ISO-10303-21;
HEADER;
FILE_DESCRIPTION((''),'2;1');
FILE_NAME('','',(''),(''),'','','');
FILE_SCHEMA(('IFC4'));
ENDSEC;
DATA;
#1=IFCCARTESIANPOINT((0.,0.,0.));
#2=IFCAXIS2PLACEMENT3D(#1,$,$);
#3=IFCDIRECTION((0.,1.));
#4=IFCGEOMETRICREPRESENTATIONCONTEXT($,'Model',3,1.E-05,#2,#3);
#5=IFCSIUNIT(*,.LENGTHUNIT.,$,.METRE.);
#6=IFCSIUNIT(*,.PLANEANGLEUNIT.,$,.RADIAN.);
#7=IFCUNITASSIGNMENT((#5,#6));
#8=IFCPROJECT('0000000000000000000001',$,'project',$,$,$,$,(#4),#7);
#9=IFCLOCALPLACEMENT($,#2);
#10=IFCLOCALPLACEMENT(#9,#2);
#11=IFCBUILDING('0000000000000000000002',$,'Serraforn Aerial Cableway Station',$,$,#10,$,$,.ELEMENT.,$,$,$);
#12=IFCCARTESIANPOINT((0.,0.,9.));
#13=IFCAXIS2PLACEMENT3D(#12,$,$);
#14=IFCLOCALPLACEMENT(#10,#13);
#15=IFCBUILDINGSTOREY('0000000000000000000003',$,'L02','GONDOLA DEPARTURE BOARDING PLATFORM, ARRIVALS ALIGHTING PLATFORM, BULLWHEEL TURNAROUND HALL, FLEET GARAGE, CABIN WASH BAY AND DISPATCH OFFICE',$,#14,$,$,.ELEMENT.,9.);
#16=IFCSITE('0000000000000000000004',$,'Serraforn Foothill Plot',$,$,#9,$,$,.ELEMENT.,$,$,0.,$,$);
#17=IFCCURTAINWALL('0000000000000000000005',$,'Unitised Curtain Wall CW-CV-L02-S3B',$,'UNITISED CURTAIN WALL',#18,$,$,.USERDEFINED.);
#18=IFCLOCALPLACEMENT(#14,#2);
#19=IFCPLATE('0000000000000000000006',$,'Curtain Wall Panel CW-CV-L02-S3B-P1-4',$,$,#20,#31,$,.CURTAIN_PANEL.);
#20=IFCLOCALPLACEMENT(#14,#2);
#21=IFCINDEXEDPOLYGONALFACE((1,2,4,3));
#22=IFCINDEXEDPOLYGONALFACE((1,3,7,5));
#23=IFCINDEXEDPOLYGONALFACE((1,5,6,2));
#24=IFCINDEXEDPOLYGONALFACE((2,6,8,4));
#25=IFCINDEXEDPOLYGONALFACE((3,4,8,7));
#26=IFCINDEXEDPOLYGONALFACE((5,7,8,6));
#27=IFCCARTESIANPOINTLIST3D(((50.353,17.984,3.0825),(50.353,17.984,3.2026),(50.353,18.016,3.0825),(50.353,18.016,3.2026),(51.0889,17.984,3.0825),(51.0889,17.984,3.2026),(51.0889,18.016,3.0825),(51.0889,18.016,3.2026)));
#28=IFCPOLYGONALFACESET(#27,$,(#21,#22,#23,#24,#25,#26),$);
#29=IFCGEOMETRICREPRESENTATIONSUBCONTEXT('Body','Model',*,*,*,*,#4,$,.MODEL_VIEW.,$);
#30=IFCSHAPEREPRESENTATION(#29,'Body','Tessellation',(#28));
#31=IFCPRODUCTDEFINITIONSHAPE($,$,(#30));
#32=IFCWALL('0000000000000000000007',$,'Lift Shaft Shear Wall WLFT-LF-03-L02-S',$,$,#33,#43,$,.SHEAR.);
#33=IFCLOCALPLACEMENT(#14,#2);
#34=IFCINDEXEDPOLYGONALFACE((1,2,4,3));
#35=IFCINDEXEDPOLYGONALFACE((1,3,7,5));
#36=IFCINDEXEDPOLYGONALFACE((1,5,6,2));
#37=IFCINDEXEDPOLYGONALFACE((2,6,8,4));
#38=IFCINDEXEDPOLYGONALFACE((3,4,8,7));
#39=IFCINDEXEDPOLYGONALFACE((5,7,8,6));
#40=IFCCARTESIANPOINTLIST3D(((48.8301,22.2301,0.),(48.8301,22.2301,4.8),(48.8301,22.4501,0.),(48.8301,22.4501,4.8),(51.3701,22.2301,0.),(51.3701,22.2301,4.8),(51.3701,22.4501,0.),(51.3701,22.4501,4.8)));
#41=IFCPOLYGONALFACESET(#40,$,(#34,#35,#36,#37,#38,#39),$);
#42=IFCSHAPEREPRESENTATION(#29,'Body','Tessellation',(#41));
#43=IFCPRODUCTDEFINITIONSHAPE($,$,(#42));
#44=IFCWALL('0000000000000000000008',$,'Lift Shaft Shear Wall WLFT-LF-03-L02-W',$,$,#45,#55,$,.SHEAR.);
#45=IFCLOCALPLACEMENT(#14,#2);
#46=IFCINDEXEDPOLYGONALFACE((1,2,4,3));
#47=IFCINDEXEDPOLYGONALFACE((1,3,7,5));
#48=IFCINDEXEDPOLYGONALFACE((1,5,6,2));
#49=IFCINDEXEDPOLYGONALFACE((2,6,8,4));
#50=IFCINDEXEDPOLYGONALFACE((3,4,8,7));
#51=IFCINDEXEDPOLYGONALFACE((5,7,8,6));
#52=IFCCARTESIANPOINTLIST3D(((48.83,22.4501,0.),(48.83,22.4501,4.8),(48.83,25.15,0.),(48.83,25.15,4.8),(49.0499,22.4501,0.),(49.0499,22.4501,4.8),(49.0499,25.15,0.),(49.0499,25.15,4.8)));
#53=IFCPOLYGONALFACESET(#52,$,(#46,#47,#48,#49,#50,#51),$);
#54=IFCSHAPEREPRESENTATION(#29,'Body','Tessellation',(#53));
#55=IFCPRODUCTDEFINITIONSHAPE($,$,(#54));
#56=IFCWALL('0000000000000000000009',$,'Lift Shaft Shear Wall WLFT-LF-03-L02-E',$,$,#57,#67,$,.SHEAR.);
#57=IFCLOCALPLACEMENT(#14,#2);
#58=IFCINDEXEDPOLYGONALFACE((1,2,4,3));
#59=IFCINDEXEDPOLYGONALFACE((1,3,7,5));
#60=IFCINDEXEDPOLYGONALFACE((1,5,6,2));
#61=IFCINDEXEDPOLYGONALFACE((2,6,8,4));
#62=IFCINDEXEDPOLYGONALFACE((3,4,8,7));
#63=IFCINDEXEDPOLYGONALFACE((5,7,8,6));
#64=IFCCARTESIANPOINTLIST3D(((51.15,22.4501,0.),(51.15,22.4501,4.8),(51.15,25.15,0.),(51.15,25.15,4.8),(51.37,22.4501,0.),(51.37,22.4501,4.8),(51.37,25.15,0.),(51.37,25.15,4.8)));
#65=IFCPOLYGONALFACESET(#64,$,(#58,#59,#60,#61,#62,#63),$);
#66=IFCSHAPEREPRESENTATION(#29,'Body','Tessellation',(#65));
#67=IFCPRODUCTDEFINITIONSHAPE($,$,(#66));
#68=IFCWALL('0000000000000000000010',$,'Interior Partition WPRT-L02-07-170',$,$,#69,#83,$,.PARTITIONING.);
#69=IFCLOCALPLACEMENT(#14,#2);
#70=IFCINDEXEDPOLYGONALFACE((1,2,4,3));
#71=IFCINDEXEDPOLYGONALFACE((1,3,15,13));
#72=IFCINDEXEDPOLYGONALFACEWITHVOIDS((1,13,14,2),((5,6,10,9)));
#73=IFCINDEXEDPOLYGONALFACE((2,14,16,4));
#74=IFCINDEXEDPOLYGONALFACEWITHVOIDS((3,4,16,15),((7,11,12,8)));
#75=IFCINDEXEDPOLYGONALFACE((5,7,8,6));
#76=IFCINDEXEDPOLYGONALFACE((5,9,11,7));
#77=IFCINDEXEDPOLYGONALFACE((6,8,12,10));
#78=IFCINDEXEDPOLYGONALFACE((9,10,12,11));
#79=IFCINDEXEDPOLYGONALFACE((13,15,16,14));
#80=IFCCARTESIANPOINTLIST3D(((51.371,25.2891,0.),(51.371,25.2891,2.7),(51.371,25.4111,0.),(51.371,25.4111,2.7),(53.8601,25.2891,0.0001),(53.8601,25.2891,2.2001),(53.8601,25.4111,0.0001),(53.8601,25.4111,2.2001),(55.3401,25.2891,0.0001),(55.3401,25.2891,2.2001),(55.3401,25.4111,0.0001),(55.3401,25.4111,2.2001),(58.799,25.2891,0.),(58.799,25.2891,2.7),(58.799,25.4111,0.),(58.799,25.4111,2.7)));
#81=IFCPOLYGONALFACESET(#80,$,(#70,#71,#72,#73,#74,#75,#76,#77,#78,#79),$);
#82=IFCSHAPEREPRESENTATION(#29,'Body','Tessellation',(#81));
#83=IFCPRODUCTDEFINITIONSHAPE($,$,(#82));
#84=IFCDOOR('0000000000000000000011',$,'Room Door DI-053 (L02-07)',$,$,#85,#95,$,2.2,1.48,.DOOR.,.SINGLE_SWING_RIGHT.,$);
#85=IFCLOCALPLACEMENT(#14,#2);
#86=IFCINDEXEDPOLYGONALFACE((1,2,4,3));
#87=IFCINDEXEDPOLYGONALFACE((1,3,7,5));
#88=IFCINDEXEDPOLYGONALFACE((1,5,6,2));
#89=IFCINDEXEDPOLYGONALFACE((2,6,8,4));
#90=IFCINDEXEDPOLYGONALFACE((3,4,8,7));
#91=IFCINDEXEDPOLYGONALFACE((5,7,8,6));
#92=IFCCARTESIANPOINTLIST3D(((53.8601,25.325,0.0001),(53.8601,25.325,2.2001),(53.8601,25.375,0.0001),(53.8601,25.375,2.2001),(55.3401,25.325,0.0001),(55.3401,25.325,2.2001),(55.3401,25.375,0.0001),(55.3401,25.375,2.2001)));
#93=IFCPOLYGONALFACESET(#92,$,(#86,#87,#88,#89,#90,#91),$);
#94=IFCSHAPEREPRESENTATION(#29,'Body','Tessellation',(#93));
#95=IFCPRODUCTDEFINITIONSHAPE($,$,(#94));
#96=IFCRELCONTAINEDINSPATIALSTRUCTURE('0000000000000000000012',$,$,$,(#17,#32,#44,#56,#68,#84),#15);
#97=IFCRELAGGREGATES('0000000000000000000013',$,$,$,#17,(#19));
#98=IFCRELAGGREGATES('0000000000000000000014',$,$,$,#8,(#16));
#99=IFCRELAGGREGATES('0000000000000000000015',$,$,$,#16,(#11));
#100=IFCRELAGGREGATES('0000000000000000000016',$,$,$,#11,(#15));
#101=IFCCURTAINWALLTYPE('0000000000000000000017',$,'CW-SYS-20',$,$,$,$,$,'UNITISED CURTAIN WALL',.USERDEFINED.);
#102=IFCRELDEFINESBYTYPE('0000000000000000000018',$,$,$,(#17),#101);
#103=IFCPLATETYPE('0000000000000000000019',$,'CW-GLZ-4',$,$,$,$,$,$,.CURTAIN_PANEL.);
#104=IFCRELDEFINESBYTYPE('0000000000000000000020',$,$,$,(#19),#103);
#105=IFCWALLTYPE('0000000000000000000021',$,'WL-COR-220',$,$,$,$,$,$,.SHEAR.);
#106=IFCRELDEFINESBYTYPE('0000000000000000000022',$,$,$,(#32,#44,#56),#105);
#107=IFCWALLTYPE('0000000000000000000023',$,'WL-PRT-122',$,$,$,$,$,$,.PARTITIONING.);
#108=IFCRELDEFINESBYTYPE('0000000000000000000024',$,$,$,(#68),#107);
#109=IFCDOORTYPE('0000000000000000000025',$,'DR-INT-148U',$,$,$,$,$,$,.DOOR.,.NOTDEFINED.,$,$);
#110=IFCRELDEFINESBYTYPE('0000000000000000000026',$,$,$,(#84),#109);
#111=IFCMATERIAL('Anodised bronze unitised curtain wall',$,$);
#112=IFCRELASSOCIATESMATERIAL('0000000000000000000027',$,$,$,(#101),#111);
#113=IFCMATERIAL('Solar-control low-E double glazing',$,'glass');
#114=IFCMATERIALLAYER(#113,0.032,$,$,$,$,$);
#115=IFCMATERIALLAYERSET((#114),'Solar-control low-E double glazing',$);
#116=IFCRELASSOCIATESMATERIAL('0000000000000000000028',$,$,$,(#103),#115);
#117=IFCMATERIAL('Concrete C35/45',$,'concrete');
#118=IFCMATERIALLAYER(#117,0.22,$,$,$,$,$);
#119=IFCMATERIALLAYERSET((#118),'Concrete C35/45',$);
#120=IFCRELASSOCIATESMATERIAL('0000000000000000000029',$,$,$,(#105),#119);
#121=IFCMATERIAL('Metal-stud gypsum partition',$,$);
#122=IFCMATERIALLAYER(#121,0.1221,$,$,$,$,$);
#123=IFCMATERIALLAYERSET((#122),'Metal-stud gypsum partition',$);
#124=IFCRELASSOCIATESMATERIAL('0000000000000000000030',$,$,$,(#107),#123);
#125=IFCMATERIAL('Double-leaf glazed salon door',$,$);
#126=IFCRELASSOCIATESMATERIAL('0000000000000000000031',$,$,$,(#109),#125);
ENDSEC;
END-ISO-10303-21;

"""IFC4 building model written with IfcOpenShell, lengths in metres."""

from ifc_helpers import new_model, si_unit, direction, frame, frame_2d, origin, origin_2d, place, context, subcontext, project, spatial, rectangle, extrude, material, layer, layer_set, type_object, element, fill, aggregate, save


model = new_model("IFC4")

# Units and contexts
model_context = context("Model", 3, precision=1e-05, world=origin(), true_north=direction((0.0, 1.0)))
body_context = subcontext(model_context, "Body", "Model", "MODEL_VIEW")
ifc_project = project(units=[si_unit("LENGTHUNIT", "METRE"), si_unit("PLANEANGLEUNIT", "RADIAN")], contexts=[model_context])

# Site, building, storey
site_placement = place(None, origin())
site = spatial("IfcSite", under=ifc_project, at=site_placement, Name="Serraforn Foothill Plot", CompositionType="ELEMENT", RefElevation=0.0)
building_placement = place(site_placement, origin())
building = spatial("IfcBuilding", under=site, at=building_placement, Name="Serraforn Aerial Cableway Station", CompositionType="ELEMENT")
storey_placement = place(building_placement, frame((0.0, 0.0, 9.0)))
storey = spatial("IfcBuildingStorey", under=building, at=storey_placement, Name="L02", Description="GONDOLA DEPARTURE BOARDING PLATFORM, ARRIVALS ALIGHTING PLATFORM, BULLWHEEL TURNAROUND HALL, FLEET GARAGE, CABIN WASH BAY AND DISPATCH OFFICE", CompositionType="ELEMENT", Elevation=9.0)

# Curtain wall, plate
ifc_material_1 = material(Name="Anodised bronze unitised curtain wall")
curtain_wall_type = type_object("IfcCurtainWallType", Name="CW-SYS-20", ElementType="UNITISED CURTAIN WALL", PredefinedType="USERDEFINED", material=ifc_material_1)
curtain_wall_placement = place(storey_placement, origin())
curtain_wall = element("IfcCurtainWall", 1, at=curtain_wall_placement, inside=storey, type_object=curtain_wall_type, Name="Unitised Curtain Wall CW-CV-L02-S3B", ObjectType="UNITISED CURTAIN WALL", PredefinedType="USERDEFINED")
ifc_material_2 = material(Name="Solar-control low-E double glazing", Category="glass")
ifc_layer_1 = layer(ifc_material_2, 0.032)
ifc_layer_set_1 = layer_set([ifc_layer_1], Name="Solar-control low-E double glazing")
plate_type_1 = type_object("IfcPlateType", Name="CW-GLZ-4", PredefinedType="CURTAIN_PANEL", material=ifc_layer_set_1)
plate_1_placement = place(storey_placement, frame((50.7209, 18.0, 3.0825), z_axis=(0.0, 0.0, 1.0), x_axis=(1.0, 0.0, 0.0)))
plate_1 = element("IfcPlate", 2, at=plate_1_placement, type_object=plate_type_1, Name="Curtain Wall Panel CW-CV-L02-S3B-P1-4", PredefinedType="CURTAIN_PANEL", context=body_context, shape_type="SweptSolid", body=[
    extrude(rectangle(XDim=0.7358, YDim=0.032, at=origin_2d()), origin(), (0.0, 0.0, 1.0), 0.1201),
])
aggregate(curtain_wall, [plate_1])

# Wall
ifc_material_3 = material(Name="Concrete C35/45", Category="concrete")
ifc_layer_2 = layer(ifc_material_3, 0.22)
ifc_layer_set_2 = layer_set([ifc_layer_2], Name="Concrete C35/45")
wall_type_1 = type_object("IfcWallType", Name="WL-COR-220", PredefinedType="SHEAR", material=ifc_layer_set_2)
wall_1_placement = place(storey_placement, frame((48.8301, 22.3401, 0.0), z_axis=(0.0, 0.0, 1.0), x_axis=(1.0, 0.0, 0.0)))
element("IfcWall", 3, at=wall_1_placement, inside=storey, type_object=wall_type_1, Name="Lift Shaft Shear Wall WLFT-LF-03-L02-S", PredefinedType="SHEAR", context=body_context, shape_type="SweptSolid", body=[
    extrude(rectangle(XDim=2.54, YDim=0.22, at=frame_2d((1.27, 0.0))), origin(), (0.0, 0.0, 1.0), 4.8),
])

# Walls
for number, where, z_axis, x_axis, name in (
    (4, (48.9399, 22.45, 0.0), (0.0, 0.0, 1.0), (0.0, 1.0, 0.0), "Lift Shaft Shear Wall WLFT-LF-03-L02-W"),
    (5, (51.26, 22.45, 0.0), (0.0, 0.0, 1.0), (0.0, 1.0, 0.0), "Lift Shaft Shear Wall WLFT-LF-03-L02-E"),
):
    element("IfcWall", number, at=place(storey_placement, frame(where, z_axis=z_axis, x_axis=x_axis)), inside=storey, type_object=wall_type_1, Name=name, PredefinedType="SHEAR", context=body_context, shape_type="SweptSolid", body=[
        extrude(rectangle(XDim=2.7, YDim=0.22, at=frame_2d((1.3501, 0.0))), origin(), (0.0, 0.0, 1.0), 4.8),
    ])

# Wall, opening, door
ifc_material_4 = material(Name="Metal-stud gypsum partition")
ifc_layer_3 = layer(ifc_material_4, 0.1221)
ifc_layer_set_3 = layer_set([ifc_layer_3], Name="Metal-stud gypsum partition")
wall_type_2 = type_object("IfcWallType", Name="WL-PRT-122", PredefinedType="PARTITIONING", material=ifc_layer_set_3)
wall_2_placement = place(storey_placement, frame((51.3711, 25.3501, 0.0), z_axis=(0.0, 0.0, 1.0), x_axis=(1.0, 0.0, 0.0)))
wall_2 = element("IfcWall", 6, at=wall_2_placement, inside=storey, type_object=wall_type_2, Name="Interior Partition WPRT-L02-07-170", PredefinedType="PARTITIONING", context=body_context, shape_type="SweptSolid", body=[
    extrude(rectangle(XDim=7.428, YDim=0.1221, at=frame_2d((3.7139, 0.0))), origin(), (0.0, 0.0, 1.0), 2.7),
])
opening_1_placement = place(wall_2_placement, frame((2.489, 0.0, 0.0)))
opening_1 = element("IfcOpeningElement", 7, at=opening_1_placement, cuts=wall_2, PredefinedType="OPENING", context=body_context, shape_type="SweptSolid", body=[
    extrude(rectangle(XDim=1.48, YDim=2.2, at=frame_2d((0.74, 1.1001))), frame((0.0, 0.071, 0.0), z_axis=(0.0, -1.0, 0.0), x_axis=(1.0, 0.0, 0.0)), (0.0, 0.0, 1.0), 0.1421),
])
ifc_material_5 = material(Name="Double-leaf glazed salon door")
door_type_1 = type_object("IfcDoorType", Name="DR-INT-148U", OperationType="NOTDEFINED", PredefinedType="DOOR", material=ifc_material_5)
door_1_placement = place(opening_1_placement, origin())
door_1 = element("IfcDoor", 8, at=door_1_placement, inside=storey, type_object=door_type_1, Name="Room Door DI-053 (L02-07)", OperationType="SINGLE_SWING_RIGHT", OverallHeight=2.2, OverallWidth=1.48, PredefinedType="DOOR", context=body_context, shape_type="SweptSolid", body=[
    extrude(rectangle(XDim=1.48, YDim=2.2, at=frame_2d((0.74, 1.1001))), frame((0.0, 0.0249, 0.0), z_axis=(0.0, -1.0, 0.0), x_axis=(1.0, 0.0, 0.0)), (0.0, 0.0, 1.0), 0.05),
])
fill(opening_1, door_1)

save(model, "model.ifc")
